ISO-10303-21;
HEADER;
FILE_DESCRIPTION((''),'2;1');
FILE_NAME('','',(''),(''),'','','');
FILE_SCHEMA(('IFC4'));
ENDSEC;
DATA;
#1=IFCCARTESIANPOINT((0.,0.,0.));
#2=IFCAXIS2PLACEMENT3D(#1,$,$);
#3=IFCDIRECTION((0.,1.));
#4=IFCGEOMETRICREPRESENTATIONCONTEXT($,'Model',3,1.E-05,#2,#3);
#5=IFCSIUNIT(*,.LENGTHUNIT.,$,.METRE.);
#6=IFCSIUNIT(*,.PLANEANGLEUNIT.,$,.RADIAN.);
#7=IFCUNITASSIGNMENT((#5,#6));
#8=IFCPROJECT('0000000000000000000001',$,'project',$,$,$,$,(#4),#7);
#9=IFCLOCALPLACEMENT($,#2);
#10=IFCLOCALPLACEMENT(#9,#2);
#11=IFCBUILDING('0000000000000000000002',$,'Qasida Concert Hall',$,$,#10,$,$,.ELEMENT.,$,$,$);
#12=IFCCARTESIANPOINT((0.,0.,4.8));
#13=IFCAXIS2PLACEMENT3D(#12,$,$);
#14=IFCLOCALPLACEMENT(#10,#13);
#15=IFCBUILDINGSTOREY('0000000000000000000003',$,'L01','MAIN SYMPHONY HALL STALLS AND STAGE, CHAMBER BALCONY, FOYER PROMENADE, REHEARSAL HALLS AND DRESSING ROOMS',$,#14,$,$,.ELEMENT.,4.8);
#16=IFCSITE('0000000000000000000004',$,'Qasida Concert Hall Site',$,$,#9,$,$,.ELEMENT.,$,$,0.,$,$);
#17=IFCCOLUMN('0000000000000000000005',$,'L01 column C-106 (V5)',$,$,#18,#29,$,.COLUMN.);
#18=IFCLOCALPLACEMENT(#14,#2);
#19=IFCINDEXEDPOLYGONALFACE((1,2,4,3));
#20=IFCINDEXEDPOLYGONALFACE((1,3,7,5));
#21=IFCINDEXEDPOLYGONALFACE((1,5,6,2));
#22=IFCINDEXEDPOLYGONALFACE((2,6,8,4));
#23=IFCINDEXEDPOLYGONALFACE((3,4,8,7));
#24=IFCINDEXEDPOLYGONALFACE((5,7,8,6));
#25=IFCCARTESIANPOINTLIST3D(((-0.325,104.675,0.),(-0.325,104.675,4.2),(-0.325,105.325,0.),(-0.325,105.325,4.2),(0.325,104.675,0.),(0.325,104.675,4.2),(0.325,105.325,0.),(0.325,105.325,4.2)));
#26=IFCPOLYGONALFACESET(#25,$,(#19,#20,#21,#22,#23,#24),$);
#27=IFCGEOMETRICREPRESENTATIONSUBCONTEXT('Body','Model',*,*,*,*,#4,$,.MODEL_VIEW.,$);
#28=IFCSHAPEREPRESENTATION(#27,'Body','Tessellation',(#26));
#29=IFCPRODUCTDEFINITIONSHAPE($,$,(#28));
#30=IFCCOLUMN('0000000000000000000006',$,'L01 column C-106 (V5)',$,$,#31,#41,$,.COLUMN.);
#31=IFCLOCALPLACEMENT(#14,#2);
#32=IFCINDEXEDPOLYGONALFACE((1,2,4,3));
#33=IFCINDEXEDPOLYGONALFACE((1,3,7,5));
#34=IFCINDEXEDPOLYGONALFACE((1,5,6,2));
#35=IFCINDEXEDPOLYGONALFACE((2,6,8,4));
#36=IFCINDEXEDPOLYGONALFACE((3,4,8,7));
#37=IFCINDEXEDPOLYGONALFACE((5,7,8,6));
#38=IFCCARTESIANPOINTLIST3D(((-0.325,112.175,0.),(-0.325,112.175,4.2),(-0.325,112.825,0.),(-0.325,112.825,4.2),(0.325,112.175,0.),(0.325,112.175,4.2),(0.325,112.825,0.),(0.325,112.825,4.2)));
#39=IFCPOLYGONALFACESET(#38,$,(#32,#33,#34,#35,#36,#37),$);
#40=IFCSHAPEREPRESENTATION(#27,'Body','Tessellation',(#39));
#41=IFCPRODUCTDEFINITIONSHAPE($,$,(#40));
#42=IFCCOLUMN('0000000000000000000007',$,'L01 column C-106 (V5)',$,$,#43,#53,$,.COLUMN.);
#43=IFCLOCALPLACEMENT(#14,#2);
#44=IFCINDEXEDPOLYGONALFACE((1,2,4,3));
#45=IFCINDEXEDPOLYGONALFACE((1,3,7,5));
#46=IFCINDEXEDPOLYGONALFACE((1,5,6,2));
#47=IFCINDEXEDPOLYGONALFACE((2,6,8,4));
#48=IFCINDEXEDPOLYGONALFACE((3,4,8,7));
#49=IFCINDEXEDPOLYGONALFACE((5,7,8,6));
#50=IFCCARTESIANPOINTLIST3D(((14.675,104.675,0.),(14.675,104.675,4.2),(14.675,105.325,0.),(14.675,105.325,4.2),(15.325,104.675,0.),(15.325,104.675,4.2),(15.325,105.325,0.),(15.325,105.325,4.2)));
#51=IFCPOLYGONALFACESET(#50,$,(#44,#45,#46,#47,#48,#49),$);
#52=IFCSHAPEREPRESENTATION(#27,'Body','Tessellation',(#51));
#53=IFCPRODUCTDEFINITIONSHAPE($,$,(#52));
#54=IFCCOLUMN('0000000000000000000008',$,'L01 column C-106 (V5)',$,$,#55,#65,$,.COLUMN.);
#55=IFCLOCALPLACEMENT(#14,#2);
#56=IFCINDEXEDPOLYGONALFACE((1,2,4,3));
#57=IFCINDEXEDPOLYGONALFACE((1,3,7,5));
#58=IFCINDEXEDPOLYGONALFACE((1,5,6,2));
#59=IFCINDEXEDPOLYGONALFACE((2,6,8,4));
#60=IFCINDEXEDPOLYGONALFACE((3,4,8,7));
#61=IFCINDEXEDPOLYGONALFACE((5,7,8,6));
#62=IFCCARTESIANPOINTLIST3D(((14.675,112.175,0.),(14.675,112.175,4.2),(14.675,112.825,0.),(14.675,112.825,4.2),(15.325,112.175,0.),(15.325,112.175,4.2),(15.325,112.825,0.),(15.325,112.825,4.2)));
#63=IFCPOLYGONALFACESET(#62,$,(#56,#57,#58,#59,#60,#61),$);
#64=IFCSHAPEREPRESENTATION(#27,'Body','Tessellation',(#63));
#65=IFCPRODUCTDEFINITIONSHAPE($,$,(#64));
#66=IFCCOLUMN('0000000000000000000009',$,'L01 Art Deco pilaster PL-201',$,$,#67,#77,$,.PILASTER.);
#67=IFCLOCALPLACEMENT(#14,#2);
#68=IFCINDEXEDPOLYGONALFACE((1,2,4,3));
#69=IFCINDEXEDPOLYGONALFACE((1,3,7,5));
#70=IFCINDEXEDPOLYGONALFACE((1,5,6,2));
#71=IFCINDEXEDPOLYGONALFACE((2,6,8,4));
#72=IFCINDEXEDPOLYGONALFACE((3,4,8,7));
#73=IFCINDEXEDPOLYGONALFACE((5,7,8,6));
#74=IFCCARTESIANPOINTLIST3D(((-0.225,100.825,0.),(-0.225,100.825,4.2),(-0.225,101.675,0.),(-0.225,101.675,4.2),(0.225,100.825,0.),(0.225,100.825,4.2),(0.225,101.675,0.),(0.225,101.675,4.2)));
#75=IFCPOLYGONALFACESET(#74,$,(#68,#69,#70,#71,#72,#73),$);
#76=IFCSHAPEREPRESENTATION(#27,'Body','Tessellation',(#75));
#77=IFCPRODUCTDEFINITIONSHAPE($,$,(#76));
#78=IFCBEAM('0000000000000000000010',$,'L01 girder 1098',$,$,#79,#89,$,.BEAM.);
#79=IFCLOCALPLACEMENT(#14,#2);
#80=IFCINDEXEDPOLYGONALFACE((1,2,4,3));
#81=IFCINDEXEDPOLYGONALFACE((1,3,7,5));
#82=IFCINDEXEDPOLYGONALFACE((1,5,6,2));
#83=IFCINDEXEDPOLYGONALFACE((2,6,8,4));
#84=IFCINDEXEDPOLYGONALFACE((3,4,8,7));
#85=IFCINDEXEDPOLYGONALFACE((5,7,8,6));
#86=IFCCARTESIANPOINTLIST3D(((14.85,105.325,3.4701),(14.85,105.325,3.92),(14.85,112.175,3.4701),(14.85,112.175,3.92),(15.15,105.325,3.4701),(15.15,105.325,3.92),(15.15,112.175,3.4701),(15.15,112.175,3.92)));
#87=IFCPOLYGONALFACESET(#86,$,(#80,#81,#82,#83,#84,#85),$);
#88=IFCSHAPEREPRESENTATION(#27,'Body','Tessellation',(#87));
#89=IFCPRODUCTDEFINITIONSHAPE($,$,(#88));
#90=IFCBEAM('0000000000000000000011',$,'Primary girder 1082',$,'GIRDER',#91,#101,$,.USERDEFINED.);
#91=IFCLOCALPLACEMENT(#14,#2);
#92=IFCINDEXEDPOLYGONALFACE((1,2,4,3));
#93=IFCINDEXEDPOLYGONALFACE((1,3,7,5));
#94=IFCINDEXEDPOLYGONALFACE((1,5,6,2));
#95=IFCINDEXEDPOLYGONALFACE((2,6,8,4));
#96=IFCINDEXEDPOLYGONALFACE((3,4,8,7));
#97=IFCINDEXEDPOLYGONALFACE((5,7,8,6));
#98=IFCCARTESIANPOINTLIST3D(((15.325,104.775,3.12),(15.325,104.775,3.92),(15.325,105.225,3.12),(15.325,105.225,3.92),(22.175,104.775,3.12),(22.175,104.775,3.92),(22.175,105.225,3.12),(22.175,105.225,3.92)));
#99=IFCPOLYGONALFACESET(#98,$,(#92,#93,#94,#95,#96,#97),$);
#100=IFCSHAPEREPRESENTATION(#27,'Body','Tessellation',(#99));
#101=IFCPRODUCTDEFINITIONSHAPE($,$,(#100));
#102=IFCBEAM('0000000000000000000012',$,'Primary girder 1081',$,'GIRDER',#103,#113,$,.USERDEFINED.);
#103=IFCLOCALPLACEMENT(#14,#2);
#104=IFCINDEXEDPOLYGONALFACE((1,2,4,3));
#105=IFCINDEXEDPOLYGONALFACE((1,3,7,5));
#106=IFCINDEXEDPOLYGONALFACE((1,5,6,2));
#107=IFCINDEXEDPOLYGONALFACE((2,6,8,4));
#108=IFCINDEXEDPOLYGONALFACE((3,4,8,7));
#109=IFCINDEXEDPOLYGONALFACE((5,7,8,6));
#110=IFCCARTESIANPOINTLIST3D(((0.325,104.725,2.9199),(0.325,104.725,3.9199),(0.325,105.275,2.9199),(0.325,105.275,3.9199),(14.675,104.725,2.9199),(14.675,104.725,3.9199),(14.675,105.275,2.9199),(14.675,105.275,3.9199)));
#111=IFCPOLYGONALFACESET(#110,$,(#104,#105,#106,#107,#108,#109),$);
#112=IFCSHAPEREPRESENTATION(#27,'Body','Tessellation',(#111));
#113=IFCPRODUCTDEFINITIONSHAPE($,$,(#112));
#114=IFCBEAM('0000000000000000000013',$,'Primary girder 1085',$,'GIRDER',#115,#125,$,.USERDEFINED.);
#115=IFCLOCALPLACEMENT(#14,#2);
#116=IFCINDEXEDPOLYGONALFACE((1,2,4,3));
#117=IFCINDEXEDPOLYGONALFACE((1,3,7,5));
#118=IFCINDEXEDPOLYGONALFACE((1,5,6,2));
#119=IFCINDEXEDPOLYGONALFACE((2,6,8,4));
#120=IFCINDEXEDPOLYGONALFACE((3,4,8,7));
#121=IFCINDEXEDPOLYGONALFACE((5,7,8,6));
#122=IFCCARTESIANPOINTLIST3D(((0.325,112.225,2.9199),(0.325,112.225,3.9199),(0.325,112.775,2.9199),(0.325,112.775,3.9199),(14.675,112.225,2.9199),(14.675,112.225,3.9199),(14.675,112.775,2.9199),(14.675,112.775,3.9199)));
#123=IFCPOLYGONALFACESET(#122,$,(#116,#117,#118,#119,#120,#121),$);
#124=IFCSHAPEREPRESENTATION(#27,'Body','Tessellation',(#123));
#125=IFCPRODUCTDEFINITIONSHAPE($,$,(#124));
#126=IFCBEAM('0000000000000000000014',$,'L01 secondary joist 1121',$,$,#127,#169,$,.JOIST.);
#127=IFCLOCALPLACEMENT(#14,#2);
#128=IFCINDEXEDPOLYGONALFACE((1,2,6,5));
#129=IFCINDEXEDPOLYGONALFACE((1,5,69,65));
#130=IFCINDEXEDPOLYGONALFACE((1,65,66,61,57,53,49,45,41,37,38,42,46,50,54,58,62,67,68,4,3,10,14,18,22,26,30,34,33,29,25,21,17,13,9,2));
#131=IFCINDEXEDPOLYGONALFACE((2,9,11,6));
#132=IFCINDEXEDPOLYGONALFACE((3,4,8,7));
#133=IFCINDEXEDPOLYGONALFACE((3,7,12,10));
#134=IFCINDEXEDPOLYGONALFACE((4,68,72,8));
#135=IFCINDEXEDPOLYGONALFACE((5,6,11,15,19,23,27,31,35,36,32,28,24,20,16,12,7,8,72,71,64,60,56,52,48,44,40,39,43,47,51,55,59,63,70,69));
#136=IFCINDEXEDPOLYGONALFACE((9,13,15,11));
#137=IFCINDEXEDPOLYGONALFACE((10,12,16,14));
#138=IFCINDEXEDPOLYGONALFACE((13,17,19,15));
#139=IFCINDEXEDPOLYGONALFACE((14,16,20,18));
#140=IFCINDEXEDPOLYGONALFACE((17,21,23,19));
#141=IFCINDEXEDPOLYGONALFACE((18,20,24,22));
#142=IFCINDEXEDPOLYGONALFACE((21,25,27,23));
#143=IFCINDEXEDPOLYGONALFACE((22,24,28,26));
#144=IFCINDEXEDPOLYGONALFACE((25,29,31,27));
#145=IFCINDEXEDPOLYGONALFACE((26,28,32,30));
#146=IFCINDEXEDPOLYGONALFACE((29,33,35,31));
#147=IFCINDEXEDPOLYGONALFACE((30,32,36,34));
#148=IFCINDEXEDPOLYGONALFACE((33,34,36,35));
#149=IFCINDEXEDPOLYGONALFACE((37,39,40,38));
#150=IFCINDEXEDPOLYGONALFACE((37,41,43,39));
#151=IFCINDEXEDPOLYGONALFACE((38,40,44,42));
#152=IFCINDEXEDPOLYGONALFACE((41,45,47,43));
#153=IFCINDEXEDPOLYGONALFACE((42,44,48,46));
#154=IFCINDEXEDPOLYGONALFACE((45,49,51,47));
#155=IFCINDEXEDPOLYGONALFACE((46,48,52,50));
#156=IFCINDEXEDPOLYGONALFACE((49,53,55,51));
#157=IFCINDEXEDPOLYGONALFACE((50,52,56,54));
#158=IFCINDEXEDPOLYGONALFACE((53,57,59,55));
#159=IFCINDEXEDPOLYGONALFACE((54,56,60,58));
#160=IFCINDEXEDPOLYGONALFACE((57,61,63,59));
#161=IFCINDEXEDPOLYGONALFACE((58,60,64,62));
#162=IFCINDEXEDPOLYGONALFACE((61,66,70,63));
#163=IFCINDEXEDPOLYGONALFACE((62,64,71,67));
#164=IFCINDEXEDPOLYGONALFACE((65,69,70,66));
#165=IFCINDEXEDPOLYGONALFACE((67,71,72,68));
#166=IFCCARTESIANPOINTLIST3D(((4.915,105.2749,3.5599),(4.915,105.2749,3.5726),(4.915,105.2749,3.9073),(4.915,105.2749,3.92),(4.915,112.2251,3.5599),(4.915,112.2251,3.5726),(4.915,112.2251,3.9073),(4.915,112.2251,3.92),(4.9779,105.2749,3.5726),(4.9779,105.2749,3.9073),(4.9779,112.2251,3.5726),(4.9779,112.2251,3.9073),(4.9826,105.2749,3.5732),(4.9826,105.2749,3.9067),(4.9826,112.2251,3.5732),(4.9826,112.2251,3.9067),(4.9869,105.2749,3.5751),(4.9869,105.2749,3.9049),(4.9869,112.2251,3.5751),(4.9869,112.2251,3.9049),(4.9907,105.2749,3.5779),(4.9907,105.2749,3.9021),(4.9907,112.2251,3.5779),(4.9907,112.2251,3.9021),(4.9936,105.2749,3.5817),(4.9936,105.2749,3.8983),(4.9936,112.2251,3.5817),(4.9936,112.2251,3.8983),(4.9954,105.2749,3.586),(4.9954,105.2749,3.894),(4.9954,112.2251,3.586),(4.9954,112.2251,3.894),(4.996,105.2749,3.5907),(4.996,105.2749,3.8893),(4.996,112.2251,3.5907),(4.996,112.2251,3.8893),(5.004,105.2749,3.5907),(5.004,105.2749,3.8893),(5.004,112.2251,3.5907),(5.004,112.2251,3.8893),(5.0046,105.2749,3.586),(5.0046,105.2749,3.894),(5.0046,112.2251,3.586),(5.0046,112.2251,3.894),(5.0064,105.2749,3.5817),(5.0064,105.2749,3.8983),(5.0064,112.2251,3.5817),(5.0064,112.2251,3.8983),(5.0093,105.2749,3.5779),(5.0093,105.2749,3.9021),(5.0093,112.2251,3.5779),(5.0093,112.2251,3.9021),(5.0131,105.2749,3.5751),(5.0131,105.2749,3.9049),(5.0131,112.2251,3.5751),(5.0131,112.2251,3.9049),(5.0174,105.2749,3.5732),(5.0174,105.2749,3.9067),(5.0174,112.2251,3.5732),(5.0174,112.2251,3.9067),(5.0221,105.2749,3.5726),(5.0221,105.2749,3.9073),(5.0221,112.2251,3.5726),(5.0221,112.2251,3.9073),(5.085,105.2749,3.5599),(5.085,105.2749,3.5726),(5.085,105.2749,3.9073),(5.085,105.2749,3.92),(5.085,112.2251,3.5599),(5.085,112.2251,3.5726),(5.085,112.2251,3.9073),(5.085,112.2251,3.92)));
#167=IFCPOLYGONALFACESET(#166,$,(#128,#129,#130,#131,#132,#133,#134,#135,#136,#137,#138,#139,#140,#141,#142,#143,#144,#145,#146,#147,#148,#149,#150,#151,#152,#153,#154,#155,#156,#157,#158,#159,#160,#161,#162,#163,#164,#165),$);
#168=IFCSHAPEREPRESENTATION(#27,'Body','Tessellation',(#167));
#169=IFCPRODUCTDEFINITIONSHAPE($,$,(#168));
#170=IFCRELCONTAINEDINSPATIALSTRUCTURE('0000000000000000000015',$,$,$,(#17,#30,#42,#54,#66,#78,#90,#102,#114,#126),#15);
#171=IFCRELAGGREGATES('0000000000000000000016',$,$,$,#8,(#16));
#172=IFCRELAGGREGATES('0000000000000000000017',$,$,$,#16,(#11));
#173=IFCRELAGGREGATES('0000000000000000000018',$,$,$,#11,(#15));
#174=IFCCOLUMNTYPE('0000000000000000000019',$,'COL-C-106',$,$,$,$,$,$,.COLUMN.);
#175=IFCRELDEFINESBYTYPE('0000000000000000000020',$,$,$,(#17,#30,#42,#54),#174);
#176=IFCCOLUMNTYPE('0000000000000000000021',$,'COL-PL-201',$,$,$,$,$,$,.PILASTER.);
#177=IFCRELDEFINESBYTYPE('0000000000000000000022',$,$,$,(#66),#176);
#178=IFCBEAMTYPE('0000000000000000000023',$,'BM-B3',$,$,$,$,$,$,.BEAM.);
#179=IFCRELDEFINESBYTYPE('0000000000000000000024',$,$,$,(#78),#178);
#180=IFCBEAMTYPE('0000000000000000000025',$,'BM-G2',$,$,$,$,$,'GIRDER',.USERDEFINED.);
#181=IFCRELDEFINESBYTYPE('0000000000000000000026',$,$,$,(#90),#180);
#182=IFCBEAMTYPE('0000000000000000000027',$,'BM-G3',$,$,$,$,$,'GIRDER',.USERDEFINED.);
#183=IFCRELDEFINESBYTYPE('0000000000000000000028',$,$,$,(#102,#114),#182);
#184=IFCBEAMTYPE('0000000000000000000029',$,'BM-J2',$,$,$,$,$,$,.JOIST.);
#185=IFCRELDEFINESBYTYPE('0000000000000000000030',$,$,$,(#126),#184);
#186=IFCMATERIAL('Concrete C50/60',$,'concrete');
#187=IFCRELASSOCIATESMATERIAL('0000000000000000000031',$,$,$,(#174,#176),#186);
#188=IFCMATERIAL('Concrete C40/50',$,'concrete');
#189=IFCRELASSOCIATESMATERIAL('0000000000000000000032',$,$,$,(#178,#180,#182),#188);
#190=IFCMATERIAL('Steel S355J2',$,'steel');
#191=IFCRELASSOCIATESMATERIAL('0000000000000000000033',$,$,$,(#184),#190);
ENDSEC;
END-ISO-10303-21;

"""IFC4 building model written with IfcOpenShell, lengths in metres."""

from ifc_helpers import new_model, si_unit, direction, frame, origin, origin_2d, place, context, subcontext, project, spatial, rectangle, i_section, extrude, material, material_profile, profile_set, type_object, element, save


model = new_model("IFC4")

# Units and contexts
model_context = context("Model", 3, precision=1e-05, world=origin(), true_north=direction((0.0, 1.0)))
body_context = subcontext(model_context, "Body", "Model", "MODEL_VIEW")
ifc_project = project(units=[si_unit("LENGTHUNIT", "METRE"), si_unit("PLANEANGLEUNIT", "RADIAN")], contexts=[model_context])

# Site, building, storey
site_placement = place(None, origin())
site = spatial("IfcSite", under=ifc_project, at=site_placement, Name="Qasida Concert Hall Site", CompositionType="ELEMENT", RefElevation=0.0)
building_placement = place(site_placement, origin())
building = spatial("IfcBuilding", under=site, at=building_placement, Name="Qasida Concert Hall", CompositionType="ELEMENT")
storey_placement = place(building_placement, frame((0.0, 0.0, 4.8)))
storey = spatial("IfcBuildingStorey", under=building, at=storey_placement, Name="L01", Description="MAIN SYMPHONY HALL STALLS AND STAGE, CHAMBER BALCONY, FOYER PROMENADE, REHEARSAL HALLS AND DRESSING ROOMS", CompositionType="ELEMENT", Elevation=4.8)

# Columns
ifc_material_1 = material(Name="Concrete C50/60", Category="concrete")
ifc_material_profile_1 = material_profile(ifc_material_1, rectangle(XDim=0.6499, YDim=0.6499, at=origin_2d()), Name="RC 650x650")
ifc_profile_set_1 = profile_set([ifc_material_profile_1], Name="Concrete C50/60")
column_type_1 = type_object("IfcColumnType", Name="COL-C-106", PredefinedType="COLUMN", material=ifc_profile_set_1)
for number, where, z_axis, x_axis, name in (
    (1, (0.0, 105.0, 0.0), (0.0, 0.0, 1.0), (1.0, 0.0, 0.0), "L01 column C-106 (V5)"),
    (2, (0.0, 112.5, 0.0), (0.0, 0.0, 1.0), (1.0, 0.0, 0.0), "L01 column C-106 (V5)"),
    (3, (15.0, 105.0, 0.0), (0.0, 0.0, 1.0), (1.0, 0.0, 0.0), "L01 column C-106 (V5)"),
    (4, (15.0, 112.5, 0.0), (0.0, 0.0, 1.0), (1.0, 0.0, 0.0), "L01 column C-106 (V5)"),
):
    element("IfcColumn", number, at=place(storey_placement, frame(where, z_axis=z_axis, x_axis=x_axis)), inside=storey, type_object=column_type_1, Name=name, PredefinedType="COLUMN", context=body_context, shape_type="SweptSolid", body=[
        extrude(rectangle(XDim=0.6499, YDim=0.6499, at=origin_2d()), origin(), (0.0, 0.0, 1.0), 4.2),
    ])
ifc_material_profile_2 = material_profile(ifc_material_1, rectangle(XDim=0.45, YDim=0.8501, at=origin_2d()), Name="RC 450x850")
ifc_profile_set_2 = profile_set([ifc_material_profile_2], Name="Concrete C50/60")
column_type_2 = type_object("IfcColumnType", Name="COL-PL-201", PredefinedType="PILASTER", material=ifc_profile_set_2)
column_placement = place(storey_placement, frame((0.0, 101.25, 0.0), z_axis=(0.0, 0.0, 1.0), x_axis=(1.0, 0.0, 0.0)))
element("IfcColumn", 5, at=column_placement, inside=storey, type_object=column_type_2, Name="L01 Art Deco pilaster PL-201", PredefinedType="PILASTER", context=body_context, shape_type="SweptSolid", body=[
    extrude(rectangle(XDim=0.45, YDim=0.8501, at=origin_2d()), origin(), (0.0, 0.0, 1.0), 4.2),
])

# Beams
ifc_material_2 = material(Name="Concrete C40/50", Category="concrete")
ifc_material_profile_3 = material_profile(ifc_material_2, rectangle(XDim=0.3, YDim=0.45, at=origin_2d()), Name="RC 300x450")
ifc_profile_set_3 = profile_set([ifc_material_profile_3], Name="Concrete C40/50")
beam_type_1 = type_object("IfcBeamType", Name="BM-B3", PredefinedType="BEAM", material=ifc_profile_set_3)
beam_1_placement = place(storey_placement, frame((15.0, 105.325, 3.6951), z_axis=(0.0, 1.0, 0.0), x_axis=(-1.0, 0.0, 0.0)))
element("IfcBeam", 6, at=beam_1_placement, inside=storey, type_object=beam_type_1, Name="L01 girder 1098", PredefinedType="BEAM", context=body_context, shape_type="SweptSolid", body=[
    extrude(rectangle(XDim=0.3, YDim=0.45, at=origin_2d()), origin(), (0.0, 0.0, 1.0), 6.8501),
])
ifc_material_profile_4 = material_profile(ifc_material_2, rectangle(XDim=0.45, YDim=0.8, at=origin_2d()), Name="RC 450x800")
ifc_profile_set_4 = profile_set([ifc_material_profile_4], Name="Concrete C40/50")
beam_type_2 = type_object("IfcBeamType", Name="BM-G2", ElementType="GIRDER", PredefinedType="USERDEFINED", material=ifc_profile_set_4)
beam_2_placement = place(storey_placement, frame((15.325, 105.0, 3.52), z_axis=(1.0, 0.0, 0.0), x_axis=(0.0, 1.0, 0.0)))
element("IfcBeam", 7, at=beam_2_placement, inside=storey, type_object=beam_type_2, Name="Primary girder 1082", ObjectType="GIRDER", PredefinedType="USERDEFINED", context=body_context, shape_type="SweptSolid", body=[
    extrude(rectangle(XDim=0.45, YDim=0.8, at=origin_2d()), origin(), (0.0, 0.0, 1.0), 6.8501),
])
ifc_material_profile_5 = material_profile(ifc_material_2, rectangle(XDim=0.55, YDim=1.0, at=origin_2d()), Name="RC 550x1000")
ifc_profile_set_5 = profile_set([ifc_material_profile_5], Name="Concrete C40/50")
beam_type_3 = type_object("IfcBeamType", Name="BM-G3", ElementType="GIRDER", PredefinedType="USERDEFINED", material=ifc_profile_set_5)
for number, where, z_axis, x_axis, name in (
    (8, (0.325, 105.0, 3.4199), (1.0, 0.0, 0.0), (0.0, 1.0, 0.0), "Primary girder 1081"),
    (9, (0.325, 112.5, 3.4199), (1.0, 0.0, 0.0), (0.0, 1.0, 0.0), "Primary girder 1085"),
):
    element("IfcBeam", number, at=place(storey_placement, frame(where, z_axis=z_axis, x_axis=x_axis)), inside=storey, type_object=beam_type_3, Name=name, ObjectType="GIRDER", PredefinedType="USERDEFINED", context=body_context, shape_type="SweptSolid", body=[
        extrude(rectangle(XDim=0.55, YDim=1.0, at=origin_2d()), origin(), (0.0, 0.0, 1.0), 14.3501),
    ])
ifc_material_3 = material(Name="Steel S355J2", Category="steel")
ifc_material_profile_6 = material_profile(ifc_material_3, i_section(OverallWidth=0.1699, OverallDepth=0.3601, WebThickness=0.0081, FlangeThickness=0.0127, FilletRadius=0.0181, at=origin_2d()), Name="IPE 360")
ifc_profile_set_6 = profile_set([ifc_material_profile_6], Name="Steel S355J2")
beam_type_4 = type_object("IfcBeamType", Name="BM-J2", PredefinedType="JOIST", material=ifc_profile_set_6)
beam_3_placement = place(storey_placement, frame((5.0, 105.2749, 3.74), z_axis=(0.0, 1.0, 0.0), x_axis=(-1.0, 0.0, 0.0)))
element("IfcBeam", 10, at=beam_3_placement, inside=storey, type_object=beam_type_4, Name="L01 secondary joist 1121", PredefinedType="JOIST", context=body_context, shape_type="SweptSolid", body=[
    extrude(i_section(OverallWidth=0.1699, OverallDepth=0.3601, WebThickness=0.0081, FlangeThickness=0.0127, FilletRadius=0.0181, at=origin_2d()), origin(), (0.0, 0.0, 1.0), 6.9502),
])

save(model, "model.ifc")
